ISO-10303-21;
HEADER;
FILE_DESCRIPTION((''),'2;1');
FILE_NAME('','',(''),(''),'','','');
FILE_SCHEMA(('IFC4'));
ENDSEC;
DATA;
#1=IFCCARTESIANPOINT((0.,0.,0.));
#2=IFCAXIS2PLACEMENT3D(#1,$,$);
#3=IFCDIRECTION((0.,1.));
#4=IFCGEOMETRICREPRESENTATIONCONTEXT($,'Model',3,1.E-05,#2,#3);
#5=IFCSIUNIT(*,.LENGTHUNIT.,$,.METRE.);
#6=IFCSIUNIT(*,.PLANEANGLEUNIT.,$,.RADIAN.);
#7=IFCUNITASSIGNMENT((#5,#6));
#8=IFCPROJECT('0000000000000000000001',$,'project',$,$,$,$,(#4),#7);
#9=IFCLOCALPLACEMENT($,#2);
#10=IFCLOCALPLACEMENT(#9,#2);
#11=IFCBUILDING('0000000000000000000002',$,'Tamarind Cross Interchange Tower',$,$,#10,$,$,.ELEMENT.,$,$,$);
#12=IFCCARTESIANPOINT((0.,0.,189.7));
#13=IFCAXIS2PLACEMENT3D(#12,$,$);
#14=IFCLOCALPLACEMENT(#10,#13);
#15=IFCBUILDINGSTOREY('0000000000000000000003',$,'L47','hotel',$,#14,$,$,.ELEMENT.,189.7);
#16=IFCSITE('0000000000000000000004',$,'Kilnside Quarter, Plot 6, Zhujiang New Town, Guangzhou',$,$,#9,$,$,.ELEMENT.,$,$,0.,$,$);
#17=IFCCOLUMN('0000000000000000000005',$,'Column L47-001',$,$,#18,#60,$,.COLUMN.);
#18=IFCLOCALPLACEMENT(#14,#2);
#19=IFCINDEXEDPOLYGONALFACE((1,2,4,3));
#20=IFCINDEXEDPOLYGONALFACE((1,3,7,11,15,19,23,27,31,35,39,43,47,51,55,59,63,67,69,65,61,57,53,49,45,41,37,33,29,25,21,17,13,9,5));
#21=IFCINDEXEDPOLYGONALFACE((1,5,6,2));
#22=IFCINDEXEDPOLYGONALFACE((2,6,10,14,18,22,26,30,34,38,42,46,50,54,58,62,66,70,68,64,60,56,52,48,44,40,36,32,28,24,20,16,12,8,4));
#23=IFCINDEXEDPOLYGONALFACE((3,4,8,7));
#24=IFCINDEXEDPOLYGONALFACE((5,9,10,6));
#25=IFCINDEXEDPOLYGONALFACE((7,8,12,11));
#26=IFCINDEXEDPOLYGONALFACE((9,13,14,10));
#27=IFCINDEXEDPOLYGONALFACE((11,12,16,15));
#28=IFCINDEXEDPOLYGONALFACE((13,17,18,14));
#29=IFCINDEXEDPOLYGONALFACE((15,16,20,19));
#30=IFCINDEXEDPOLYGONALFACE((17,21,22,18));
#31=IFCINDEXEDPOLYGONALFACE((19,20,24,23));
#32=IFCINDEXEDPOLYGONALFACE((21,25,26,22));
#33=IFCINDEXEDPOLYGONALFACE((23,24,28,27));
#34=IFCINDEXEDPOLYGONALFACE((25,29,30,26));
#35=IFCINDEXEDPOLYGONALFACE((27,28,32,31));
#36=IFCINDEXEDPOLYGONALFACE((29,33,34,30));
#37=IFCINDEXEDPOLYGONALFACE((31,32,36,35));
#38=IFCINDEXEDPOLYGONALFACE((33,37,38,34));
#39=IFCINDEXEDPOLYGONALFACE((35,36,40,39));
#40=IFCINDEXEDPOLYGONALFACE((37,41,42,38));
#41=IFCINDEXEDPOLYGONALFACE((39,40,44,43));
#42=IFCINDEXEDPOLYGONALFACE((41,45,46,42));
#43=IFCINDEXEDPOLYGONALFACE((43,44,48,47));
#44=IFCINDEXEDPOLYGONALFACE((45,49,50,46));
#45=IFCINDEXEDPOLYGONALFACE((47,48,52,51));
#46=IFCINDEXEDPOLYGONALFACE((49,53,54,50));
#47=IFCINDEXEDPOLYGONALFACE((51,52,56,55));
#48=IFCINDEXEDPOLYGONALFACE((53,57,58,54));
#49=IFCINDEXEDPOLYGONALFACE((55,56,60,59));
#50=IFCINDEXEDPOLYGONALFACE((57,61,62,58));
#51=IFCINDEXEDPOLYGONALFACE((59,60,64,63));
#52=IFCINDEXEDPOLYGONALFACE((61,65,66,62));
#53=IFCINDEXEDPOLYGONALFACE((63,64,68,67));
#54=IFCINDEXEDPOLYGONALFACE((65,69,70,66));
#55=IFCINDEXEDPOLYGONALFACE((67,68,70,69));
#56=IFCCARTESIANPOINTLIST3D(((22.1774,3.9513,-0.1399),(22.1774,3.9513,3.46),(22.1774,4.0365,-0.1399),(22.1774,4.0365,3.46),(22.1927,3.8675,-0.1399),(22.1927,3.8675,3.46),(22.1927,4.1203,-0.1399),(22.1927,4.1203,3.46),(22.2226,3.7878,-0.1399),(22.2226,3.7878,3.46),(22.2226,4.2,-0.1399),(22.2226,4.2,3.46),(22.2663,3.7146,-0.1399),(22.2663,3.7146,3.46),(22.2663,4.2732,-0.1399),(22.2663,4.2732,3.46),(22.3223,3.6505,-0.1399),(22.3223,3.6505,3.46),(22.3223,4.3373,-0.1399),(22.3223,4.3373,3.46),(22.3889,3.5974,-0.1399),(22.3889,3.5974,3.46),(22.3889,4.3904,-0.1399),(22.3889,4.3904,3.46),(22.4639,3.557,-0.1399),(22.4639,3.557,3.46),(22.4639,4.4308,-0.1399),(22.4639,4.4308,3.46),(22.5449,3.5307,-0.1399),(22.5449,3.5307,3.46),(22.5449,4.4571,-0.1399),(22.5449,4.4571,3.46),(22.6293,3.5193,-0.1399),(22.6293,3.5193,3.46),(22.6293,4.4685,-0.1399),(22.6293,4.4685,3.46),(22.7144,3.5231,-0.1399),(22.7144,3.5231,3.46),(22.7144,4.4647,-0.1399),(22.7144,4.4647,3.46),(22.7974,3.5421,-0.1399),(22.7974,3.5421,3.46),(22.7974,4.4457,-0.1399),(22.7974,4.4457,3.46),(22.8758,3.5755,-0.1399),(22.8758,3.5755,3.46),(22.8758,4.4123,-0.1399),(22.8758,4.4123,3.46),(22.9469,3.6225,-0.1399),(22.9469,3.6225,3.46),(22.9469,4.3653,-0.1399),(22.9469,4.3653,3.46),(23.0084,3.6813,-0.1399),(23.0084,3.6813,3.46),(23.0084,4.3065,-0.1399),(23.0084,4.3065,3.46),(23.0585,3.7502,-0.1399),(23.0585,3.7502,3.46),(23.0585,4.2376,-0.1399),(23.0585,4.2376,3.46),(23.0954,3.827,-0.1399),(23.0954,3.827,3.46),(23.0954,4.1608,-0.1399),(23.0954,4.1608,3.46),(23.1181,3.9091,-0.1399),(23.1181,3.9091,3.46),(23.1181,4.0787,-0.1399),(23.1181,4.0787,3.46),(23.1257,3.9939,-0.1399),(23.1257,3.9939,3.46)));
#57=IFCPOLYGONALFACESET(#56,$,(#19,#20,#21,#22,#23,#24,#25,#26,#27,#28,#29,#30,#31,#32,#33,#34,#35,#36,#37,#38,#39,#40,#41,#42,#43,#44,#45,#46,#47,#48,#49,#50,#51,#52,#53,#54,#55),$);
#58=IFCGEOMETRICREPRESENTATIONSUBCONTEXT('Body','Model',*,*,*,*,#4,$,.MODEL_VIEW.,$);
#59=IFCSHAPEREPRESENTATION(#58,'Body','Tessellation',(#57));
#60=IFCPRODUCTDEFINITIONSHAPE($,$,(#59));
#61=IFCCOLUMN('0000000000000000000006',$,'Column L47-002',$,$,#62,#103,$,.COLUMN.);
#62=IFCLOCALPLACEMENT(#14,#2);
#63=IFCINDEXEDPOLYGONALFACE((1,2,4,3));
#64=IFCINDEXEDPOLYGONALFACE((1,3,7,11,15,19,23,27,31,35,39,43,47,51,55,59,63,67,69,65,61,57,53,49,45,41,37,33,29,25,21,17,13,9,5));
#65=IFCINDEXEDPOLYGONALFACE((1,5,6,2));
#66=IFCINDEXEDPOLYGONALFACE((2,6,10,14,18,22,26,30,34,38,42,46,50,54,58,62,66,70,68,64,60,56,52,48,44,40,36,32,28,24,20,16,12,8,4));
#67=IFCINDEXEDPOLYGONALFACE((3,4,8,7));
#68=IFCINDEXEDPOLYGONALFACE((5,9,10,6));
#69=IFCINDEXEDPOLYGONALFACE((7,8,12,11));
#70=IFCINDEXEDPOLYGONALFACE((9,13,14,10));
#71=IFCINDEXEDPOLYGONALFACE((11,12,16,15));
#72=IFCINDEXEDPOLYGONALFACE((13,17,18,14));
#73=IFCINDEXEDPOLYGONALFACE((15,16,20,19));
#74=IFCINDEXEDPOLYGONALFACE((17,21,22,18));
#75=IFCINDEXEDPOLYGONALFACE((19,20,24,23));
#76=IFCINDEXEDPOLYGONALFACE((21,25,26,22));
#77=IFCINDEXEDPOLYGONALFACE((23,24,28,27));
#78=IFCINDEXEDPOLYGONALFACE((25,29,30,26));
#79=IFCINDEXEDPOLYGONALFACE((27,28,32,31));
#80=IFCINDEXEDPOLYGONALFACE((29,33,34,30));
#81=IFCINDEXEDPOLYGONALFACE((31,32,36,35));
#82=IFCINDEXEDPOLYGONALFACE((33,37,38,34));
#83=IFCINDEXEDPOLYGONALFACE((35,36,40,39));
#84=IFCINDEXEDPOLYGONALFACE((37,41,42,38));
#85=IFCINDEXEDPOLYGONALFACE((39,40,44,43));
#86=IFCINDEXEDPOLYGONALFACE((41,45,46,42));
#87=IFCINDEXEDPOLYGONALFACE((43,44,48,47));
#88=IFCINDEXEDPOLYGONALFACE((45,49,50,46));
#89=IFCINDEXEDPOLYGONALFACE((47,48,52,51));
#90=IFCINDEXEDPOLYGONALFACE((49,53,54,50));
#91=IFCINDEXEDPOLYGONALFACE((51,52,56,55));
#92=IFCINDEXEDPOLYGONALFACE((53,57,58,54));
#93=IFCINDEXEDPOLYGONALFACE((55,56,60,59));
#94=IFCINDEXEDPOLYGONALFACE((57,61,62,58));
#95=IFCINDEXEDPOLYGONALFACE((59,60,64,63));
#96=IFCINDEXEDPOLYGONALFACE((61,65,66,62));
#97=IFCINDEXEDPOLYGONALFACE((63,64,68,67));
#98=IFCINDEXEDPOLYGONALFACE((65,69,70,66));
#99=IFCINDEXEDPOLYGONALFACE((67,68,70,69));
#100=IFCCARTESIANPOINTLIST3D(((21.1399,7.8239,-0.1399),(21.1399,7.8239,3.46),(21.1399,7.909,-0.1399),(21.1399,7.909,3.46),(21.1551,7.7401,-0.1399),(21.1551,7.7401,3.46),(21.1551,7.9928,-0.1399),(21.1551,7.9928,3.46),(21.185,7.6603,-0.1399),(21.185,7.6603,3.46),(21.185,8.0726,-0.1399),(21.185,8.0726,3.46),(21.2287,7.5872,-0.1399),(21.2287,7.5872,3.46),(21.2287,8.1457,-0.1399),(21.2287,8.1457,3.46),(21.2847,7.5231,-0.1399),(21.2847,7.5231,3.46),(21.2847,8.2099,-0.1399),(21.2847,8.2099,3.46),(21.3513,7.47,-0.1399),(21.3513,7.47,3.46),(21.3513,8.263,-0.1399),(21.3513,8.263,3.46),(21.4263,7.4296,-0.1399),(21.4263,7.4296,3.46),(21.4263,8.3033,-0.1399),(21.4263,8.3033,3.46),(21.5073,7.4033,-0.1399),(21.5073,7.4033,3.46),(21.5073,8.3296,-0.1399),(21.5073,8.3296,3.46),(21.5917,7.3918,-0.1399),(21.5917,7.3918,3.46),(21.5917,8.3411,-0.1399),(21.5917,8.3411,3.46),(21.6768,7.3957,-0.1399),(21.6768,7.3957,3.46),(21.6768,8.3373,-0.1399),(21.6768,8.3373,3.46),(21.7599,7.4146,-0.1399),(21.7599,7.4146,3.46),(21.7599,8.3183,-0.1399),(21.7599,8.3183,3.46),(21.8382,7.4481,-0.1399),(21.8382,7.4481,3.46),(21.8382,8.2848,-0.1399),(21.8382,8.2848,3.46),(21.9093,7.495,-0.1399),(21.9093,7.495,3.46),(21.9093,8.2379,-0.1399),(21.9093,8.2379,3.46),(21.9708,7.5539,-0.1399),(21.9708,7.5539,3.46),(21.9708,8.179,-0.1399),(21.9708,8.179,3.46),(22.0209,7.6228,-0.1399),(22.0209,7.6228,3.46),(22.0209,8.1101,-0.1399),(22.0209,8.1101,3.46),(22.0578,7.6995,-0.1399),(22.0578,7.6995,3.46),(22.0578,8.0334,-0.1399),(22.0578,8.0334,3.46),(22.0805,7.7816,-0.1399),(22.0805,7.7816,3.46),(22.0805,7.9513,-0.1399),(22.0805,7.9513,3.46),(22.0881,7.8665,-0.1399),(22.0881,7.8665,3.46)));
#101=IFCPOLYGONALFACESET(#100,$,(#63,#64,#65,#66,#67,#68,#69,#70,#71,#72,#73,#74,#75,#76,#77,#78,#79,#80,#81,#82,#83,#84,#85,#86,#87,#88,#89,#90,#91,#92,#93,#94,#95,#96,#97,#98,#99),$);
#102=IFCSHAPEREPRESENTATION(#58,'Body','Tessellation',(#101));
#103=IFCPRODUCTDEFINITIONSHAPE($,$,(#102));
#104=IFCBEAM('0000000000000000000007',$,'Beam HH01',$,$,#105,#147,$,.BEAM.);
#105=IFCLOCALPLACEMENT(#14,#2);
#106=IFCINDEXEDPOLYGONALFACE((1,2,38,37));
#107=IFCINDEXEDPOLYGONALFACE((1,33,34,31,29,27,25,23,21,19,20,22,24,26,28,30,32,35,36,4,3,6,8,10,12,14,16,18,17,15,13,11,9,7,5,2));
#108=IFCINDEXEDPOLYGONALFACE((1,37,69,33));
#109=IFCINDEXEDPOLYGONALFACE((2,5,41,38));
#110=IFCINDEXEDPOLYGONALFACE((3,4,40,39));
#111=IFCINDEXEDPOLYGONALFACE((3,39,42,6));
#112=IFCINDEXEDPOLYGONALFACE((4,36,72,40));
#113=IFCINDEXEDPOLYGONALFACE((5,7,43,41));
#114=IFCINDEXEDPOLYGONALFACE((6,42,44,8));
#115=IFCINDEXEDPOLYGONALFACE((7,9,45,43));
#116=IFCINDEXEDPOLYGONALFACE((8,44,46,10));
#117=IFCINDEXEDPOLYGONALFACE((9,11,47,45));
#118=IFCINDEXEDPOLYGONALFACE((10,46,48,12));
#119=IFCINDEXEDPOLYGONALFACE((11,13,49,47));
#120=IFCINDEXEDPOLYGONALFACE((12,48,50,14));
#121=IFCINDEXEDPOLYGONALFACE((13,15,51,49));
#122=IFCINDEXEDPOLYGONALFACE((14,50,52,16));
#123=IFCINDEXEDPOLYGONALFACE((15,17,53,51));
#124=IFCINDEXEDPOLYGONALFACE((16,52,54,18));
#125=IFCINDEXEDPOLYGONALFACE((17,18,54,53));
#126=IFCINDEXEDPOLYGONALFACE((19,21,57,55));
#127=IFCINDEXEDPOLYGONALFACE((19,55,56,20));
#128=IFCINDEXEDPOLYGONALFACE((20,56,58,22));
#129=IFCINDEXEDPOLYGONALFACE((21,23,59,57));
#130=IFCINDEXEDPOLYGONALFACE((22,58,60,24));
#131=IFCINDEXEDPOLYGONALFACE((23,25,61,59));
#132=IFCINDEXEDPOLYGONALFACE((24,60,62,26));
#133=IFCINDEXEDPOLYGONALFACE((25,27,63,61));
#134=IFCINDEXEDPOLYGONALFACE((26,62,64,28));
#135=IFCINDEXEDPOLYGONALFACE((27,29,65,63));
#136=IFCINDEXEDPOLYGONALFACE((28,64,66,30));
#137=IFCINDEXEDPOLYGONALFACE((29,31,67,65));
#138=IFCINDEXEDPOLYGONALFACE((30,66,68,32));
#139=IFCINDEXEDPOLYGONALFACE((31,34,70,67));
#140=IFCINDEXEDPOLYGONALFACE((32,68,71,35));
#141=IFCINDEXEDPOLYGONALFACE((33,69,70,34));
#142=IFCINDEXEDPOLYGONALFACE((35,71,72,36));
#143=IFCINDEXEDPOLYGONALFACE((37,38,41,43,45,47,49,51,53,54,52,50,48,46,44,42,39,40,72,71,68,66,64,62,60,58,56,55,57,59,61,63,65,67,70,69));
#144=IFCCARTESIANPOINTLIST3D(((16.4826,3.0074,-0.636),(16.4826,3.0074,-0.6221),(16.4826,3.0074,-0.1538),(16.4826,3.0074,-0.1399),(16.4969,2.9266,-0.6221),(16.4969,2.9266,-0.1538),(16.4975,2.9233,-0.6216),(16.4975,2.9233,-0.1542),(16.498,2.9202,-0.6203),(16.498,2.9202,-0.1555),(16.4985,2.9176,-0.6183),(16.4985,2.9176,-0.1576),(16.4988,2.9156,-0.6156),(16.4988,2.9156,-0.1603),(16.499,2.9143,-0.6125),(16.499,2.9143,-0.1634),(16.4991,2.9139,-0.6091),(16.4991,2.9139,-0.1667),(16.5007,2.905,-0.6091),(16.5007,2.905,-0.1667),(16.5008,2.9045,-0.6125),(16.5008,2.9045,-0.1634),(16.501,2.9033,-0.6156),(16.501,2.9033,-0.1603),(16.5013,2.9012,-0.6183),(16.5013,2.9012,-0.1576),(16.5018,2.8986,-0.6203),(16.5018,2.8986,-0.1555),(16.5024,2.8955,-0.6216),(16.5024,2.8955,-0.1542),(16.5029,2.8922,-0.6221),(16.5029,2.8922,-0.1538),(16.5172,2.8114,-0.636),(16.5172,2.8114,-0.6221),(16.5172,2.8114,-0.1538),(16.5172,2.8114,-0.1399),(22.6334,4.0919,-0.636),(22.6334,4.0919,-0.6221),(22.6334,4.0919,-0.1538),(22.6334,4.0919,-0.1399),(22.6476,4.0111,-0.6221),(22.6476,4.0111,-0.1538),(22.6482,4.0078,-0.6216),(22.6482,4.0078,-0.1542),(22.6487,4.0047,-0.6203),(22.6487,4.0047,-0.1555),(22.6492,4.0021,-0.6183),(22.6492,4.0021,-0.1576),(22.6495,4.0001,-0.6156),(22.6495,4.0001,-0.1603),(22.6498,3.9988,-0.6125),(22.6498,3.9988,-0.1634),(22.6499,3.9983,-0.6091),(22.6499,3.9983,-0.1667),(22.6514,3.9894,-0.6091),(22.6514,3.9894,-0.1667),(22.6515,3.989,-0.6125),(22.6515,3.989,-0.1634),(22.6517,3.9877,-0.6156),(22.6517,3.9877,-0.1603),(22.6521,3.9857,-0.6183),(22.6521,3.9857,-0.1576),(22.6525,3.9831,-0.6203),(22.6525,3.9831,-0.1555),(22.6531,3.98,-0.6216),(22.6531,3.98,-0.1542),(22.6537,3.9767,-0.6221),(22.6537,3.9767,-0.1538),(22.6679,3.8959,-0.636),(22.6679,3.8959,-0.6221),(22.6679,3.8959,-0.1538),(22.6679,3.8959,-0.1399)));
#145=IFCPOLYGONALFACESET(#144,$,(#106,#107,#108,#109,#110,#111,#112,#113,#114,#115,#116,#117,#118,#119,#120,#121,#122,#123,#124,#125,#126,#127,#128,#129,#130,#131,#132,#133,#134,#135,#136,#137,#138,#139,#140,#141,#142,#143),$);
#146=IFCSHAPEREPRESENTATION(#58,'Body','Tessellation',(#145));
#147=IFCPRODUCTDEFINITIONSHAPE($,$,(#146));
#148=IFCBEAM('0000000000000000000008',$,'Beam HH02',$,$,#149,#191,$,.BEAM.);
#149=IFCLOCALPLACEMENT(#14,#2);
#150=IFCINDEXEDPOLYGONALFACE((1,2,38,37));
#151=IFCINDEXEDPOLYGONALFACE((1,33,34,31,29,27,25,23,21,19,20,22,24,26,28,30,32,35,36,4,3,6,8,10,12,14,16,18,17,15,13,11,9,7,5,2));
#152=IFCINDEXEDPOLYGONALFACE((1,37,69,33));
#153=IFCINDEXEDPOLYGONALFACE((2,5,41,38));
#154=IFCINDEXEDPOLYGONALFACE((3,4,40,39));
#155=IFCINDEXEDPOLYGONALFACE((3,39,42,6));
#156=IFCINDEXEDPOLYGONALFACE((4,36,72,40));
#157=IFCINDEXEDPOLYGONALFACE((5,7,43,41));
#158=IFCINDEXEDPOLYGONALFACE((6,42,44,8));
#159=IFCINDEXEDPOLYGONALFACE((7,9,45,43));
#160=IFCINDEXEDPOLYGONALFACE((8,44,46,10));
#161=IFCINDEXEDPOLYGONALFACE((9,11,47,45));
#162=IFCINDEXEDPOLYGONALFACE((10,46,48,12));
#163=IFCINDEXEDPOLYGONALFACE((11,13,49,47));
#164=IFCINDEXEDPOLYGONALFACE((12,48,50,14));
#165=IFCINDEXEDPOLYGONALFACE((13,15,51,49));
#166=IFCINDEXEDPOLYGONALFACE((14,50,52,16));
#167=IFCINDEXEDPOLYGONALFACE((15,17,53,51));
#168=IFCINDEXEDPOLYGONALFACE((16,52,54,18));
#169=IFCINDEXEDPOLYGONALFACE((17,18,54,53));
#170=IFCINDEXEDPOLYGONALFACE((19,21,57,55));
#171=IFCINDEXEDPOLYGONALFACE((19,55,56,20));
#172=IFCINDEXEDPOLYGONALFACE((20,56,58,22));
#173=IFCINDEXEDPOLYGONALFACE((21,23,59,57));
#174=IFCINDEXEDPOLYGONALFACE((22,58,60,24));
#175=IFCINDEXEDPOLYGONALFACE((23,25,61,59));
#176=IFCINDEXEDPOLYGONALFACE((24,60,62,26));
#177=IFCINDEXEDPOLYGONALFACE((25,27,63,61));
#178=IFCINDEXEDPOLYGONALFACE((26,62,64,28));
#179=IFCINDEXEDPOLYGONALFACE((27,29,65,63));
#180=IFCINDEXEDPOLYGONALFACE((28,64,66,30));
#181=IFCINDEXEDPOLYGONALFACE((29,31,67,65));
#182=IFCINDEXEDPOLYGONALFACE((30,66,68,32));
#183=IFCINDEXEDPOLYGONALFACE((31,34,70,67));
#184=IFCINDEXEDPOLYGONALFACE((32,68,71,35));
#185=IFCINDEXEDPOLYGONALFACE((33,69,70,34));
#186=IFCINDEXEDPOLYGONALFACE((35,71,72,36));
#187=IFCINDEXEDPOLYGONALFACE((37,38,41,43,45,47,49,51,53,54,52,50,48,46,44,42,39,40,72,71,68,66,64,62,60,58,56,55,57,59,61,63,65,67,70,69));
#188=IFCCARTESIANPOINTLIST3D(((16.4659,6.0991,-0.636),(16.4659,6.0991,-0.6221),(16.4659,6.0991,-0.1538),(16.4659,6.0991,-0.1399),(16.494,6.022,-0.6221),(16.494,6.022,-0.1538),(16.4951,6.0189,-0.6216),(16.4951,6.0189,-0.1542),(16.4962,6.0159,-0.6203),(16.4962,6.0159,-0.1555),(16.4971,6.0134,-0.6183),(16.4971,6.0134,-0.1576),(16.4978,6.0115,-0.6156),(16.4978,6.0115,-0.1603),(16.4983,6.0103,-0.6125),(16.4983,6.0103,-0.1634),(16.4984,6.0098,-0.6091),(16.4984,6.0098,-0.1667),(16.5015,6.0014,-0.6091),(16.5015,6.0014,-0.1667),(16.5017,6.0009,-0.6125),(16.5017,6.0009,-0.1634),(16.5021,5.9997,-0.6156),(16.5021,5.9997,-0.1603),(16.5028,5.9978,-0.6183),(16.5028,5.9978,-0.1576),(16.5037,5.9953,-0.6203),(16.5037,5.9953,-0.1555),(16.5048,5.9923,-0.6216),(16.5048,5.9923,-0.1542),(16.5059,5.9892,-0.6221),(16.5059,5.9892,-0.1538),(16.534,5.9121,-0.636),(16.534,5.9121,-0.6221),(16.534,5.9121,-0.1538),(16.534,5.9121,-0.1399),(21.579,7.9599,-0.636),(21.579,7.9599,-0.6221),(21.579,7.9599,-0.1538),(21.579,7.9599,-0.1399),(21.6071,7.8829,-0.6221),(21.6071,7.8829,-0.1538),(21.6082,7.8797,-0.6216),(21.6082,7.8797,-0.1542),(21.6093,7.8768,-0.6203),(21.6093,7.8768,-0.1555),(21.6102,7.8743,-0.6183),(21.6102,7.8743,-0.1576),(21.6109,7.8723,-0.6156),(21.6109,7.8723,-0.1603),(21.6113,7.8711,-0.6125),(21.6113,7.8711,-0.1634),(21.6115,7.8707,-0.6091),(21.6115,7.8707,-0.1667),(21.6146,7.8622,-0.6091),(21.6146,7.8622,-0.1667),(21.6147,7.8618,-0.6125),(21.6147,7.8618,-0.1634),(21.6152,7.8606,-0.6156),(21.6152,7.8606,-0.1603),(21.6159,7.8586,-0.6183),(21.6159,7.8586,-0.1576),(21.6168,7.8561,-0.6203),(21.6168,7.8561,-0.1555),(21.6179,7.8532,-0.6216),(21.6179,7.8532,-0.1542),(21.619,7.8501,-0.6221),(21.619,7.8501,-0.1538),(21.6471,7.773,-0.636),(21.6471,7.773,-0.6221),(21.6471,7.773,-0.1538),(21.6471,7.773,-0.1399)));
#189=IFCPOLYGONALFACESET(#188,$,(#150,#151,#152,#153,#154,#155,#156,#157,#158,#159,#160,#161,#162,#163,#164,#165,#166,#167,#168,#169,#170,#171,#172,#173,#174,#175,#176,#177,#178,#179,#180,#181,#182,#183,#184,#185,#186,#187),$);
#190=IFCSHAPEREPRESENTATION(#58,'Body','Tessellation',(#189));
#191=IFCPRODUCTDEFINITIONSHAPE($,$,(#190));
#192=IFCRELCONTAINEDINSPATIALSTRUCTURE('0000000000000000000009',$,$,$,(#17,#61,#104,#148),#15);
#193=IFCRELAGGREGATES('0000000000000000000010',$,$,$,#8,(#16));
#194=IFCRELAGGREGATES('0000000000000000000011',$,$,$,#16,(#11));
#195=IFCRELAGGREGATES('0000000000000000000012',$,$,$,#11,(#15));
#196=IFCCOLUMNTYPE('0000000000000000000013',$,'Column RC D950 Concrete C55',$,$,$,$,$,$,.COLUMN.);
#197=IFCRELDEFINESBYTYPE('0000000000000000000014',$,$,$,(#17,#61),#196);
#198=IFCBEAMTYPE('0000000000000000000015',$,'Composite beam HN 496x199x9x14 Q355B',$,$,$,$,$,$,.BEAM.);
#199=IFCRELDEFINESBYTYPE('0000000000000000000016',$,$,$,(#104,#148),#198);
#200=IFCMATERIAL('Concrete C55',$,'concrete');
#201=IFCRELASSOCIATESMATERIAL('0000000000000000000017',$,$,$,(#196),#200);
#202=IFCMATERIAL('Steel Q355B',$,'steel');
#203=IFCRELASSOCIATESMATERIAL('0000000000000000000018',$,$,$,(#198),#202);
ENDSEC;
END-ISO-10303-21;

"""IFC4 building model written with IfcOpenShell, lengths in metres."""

from ifc_helpers import new_model, si_unit, direction, frame, origin, origin_2d, place, context, subcontext, project, spatial, circle, i_section, extrude, material, material_profile, profile_set, type_object, element, save


model = new_model("IFC4")

# Units and contexts
model_context = context("Model", 3, precision=1e-05, world=origin(), true_north=direction((0.0, 1.0)))
body_context = subcontext(model_context, "Body", "Model", "MODEL_VIEW")
ifc_project = project(units=[si_unit("LENGTHUNIT", "METRE"), si_unit("PLANEANGLEUNIT", "RADIAN")], contexts=[model_context])

# Site, building, storey
site_placement = place(None, origin())
site = spatial("IfcSite", under=ifc_project, at=site_placement, Name="Kilnside Quarter, Plot 6, Zhujiang New Town, Guangzhou", CompositionType="ELEMENT", RefElevation=0.0)
building_placement = place(site_placement, origin())
building = spatial("IfcBuilding", under=site, at=building_placement, Name="Tamarind Cross Interchange Tower", CompositionType="ELEMENT")
storey_placement = place(building_placement, frame((0.0, 0.0, 189.7)))
storey = spatial("IfcBuildingStorey", under=building, at=storey_placement, Name="L47", Description="hotel", CompositionType="ELEMENT", Elevation=189.7)

# Columns
ifc_material_1 = material(Name="Concrete C55", Category="concrete")
ifc_material_profile_1 = material_profile(ifc_material_1, circle(Radius=0.4751, at=origin_2d()), Name="RC D950")
ifc_profile_set_1 = profile_set([ifc_material_profile_1], Name="Concrete C55")
column_type = type_object("IfcColumnType", Name="Column RC D950 Concrete C55", PredefinedType="COLUMN", material=ifc_profile_set_1)
for number, where, z_axis, x_axis, name in (
    (1, (22.6506, 3.9939, -0.1399), (0.0, 0.0, 1.0), (1.0, 0.0, 0.0), "Column L47-001"),
    (2, (21.613, 7.8665, -0.1399), (0.0, 0.0, 1.0), (1.0, 0.0, 0.0), "Column L47-002"),
):
    element("IfcColumn", number, at=place(storey_placement, frame(where, z_axis=z_axis, x_axis=x_axis)), inside=storey, type_object=column_type, Name=name, PredefinedType="COLUMN", context=body_context, shape_type="SweptSolid", body=[
        extrude(circle(Radius=0.4751, at=origin_2d()), origin(), (0.0, 0.0, 1.0), 3.5999),
    ])

# Beams
ifc_material_2 = material(Name="Steel Q355B", Category="steel")
ifc_material_profile_2 = material_profile(ifc_material_2, i_section(OverallWidth=0.199, OverallDepth=0.4961, WebThickness=0.009, FlangeThickness=0.0139, FilletRadius=0.0129, at=origin_2d()), Name="HN 496x199x9x14")
ifc_profile_set_2 = profile_set([ifc_material_profile_2], Name="Steel Q355B")
beam_type = type_object("IfcBeamType", Name="Composite beam HN 496x199x9x14 Q355B", PredefinedType="BEAM", material=ifc_profile_set_2)
beam_1_placement = place(storey_placement, frame((22.6506, 3.9939, -0.3879), z_axis=(-0.984809, -0.17364, 0.0), x_axis=(0.17364, -0.984809, 0.0)))
element("IfcBeam", 3, at=beam_1_placement, inside=storey, type_object=beam_type, Name="Beam HH01", PredefinedType="BEAM", context=body_context, shape_type="SweptSolid", body=[
    extrude(i_section(OverallWidth=0.199, OverallDepth=0.4961, WebThickness=0.009, FlangeThickness=0.0139, FilletRadius=0.0129, at=origin_2d()), origin(), (0.0, 0.0, 1.0), 6.2456),
])
beam_2_placement = place(storey_placement, frame((21.613, 7.8665, -0.3879), z_axis=(-0.939702, -0.341995, 0.0), x_axis=(0.341995, -0.939702, 0.0)))
element("IfcBeam", 4, at=beam_2_placement, inside=storey, type_object=beam_type, Name="Beam HH02", PredefinedType="BEAM", context=body_context, shape_type="SweptSolid", body=[
    extrude(i_section(OverallWidth=0.199, OverallDepth=0.4961, WebThickness=0.009, FlangeThickness=0.0139, FilletRadius=0.0129, at=origin_2d()), origin(), (0.0, 0.0, 1.0), 5.4412),
])

save(model, "model.ifc")
